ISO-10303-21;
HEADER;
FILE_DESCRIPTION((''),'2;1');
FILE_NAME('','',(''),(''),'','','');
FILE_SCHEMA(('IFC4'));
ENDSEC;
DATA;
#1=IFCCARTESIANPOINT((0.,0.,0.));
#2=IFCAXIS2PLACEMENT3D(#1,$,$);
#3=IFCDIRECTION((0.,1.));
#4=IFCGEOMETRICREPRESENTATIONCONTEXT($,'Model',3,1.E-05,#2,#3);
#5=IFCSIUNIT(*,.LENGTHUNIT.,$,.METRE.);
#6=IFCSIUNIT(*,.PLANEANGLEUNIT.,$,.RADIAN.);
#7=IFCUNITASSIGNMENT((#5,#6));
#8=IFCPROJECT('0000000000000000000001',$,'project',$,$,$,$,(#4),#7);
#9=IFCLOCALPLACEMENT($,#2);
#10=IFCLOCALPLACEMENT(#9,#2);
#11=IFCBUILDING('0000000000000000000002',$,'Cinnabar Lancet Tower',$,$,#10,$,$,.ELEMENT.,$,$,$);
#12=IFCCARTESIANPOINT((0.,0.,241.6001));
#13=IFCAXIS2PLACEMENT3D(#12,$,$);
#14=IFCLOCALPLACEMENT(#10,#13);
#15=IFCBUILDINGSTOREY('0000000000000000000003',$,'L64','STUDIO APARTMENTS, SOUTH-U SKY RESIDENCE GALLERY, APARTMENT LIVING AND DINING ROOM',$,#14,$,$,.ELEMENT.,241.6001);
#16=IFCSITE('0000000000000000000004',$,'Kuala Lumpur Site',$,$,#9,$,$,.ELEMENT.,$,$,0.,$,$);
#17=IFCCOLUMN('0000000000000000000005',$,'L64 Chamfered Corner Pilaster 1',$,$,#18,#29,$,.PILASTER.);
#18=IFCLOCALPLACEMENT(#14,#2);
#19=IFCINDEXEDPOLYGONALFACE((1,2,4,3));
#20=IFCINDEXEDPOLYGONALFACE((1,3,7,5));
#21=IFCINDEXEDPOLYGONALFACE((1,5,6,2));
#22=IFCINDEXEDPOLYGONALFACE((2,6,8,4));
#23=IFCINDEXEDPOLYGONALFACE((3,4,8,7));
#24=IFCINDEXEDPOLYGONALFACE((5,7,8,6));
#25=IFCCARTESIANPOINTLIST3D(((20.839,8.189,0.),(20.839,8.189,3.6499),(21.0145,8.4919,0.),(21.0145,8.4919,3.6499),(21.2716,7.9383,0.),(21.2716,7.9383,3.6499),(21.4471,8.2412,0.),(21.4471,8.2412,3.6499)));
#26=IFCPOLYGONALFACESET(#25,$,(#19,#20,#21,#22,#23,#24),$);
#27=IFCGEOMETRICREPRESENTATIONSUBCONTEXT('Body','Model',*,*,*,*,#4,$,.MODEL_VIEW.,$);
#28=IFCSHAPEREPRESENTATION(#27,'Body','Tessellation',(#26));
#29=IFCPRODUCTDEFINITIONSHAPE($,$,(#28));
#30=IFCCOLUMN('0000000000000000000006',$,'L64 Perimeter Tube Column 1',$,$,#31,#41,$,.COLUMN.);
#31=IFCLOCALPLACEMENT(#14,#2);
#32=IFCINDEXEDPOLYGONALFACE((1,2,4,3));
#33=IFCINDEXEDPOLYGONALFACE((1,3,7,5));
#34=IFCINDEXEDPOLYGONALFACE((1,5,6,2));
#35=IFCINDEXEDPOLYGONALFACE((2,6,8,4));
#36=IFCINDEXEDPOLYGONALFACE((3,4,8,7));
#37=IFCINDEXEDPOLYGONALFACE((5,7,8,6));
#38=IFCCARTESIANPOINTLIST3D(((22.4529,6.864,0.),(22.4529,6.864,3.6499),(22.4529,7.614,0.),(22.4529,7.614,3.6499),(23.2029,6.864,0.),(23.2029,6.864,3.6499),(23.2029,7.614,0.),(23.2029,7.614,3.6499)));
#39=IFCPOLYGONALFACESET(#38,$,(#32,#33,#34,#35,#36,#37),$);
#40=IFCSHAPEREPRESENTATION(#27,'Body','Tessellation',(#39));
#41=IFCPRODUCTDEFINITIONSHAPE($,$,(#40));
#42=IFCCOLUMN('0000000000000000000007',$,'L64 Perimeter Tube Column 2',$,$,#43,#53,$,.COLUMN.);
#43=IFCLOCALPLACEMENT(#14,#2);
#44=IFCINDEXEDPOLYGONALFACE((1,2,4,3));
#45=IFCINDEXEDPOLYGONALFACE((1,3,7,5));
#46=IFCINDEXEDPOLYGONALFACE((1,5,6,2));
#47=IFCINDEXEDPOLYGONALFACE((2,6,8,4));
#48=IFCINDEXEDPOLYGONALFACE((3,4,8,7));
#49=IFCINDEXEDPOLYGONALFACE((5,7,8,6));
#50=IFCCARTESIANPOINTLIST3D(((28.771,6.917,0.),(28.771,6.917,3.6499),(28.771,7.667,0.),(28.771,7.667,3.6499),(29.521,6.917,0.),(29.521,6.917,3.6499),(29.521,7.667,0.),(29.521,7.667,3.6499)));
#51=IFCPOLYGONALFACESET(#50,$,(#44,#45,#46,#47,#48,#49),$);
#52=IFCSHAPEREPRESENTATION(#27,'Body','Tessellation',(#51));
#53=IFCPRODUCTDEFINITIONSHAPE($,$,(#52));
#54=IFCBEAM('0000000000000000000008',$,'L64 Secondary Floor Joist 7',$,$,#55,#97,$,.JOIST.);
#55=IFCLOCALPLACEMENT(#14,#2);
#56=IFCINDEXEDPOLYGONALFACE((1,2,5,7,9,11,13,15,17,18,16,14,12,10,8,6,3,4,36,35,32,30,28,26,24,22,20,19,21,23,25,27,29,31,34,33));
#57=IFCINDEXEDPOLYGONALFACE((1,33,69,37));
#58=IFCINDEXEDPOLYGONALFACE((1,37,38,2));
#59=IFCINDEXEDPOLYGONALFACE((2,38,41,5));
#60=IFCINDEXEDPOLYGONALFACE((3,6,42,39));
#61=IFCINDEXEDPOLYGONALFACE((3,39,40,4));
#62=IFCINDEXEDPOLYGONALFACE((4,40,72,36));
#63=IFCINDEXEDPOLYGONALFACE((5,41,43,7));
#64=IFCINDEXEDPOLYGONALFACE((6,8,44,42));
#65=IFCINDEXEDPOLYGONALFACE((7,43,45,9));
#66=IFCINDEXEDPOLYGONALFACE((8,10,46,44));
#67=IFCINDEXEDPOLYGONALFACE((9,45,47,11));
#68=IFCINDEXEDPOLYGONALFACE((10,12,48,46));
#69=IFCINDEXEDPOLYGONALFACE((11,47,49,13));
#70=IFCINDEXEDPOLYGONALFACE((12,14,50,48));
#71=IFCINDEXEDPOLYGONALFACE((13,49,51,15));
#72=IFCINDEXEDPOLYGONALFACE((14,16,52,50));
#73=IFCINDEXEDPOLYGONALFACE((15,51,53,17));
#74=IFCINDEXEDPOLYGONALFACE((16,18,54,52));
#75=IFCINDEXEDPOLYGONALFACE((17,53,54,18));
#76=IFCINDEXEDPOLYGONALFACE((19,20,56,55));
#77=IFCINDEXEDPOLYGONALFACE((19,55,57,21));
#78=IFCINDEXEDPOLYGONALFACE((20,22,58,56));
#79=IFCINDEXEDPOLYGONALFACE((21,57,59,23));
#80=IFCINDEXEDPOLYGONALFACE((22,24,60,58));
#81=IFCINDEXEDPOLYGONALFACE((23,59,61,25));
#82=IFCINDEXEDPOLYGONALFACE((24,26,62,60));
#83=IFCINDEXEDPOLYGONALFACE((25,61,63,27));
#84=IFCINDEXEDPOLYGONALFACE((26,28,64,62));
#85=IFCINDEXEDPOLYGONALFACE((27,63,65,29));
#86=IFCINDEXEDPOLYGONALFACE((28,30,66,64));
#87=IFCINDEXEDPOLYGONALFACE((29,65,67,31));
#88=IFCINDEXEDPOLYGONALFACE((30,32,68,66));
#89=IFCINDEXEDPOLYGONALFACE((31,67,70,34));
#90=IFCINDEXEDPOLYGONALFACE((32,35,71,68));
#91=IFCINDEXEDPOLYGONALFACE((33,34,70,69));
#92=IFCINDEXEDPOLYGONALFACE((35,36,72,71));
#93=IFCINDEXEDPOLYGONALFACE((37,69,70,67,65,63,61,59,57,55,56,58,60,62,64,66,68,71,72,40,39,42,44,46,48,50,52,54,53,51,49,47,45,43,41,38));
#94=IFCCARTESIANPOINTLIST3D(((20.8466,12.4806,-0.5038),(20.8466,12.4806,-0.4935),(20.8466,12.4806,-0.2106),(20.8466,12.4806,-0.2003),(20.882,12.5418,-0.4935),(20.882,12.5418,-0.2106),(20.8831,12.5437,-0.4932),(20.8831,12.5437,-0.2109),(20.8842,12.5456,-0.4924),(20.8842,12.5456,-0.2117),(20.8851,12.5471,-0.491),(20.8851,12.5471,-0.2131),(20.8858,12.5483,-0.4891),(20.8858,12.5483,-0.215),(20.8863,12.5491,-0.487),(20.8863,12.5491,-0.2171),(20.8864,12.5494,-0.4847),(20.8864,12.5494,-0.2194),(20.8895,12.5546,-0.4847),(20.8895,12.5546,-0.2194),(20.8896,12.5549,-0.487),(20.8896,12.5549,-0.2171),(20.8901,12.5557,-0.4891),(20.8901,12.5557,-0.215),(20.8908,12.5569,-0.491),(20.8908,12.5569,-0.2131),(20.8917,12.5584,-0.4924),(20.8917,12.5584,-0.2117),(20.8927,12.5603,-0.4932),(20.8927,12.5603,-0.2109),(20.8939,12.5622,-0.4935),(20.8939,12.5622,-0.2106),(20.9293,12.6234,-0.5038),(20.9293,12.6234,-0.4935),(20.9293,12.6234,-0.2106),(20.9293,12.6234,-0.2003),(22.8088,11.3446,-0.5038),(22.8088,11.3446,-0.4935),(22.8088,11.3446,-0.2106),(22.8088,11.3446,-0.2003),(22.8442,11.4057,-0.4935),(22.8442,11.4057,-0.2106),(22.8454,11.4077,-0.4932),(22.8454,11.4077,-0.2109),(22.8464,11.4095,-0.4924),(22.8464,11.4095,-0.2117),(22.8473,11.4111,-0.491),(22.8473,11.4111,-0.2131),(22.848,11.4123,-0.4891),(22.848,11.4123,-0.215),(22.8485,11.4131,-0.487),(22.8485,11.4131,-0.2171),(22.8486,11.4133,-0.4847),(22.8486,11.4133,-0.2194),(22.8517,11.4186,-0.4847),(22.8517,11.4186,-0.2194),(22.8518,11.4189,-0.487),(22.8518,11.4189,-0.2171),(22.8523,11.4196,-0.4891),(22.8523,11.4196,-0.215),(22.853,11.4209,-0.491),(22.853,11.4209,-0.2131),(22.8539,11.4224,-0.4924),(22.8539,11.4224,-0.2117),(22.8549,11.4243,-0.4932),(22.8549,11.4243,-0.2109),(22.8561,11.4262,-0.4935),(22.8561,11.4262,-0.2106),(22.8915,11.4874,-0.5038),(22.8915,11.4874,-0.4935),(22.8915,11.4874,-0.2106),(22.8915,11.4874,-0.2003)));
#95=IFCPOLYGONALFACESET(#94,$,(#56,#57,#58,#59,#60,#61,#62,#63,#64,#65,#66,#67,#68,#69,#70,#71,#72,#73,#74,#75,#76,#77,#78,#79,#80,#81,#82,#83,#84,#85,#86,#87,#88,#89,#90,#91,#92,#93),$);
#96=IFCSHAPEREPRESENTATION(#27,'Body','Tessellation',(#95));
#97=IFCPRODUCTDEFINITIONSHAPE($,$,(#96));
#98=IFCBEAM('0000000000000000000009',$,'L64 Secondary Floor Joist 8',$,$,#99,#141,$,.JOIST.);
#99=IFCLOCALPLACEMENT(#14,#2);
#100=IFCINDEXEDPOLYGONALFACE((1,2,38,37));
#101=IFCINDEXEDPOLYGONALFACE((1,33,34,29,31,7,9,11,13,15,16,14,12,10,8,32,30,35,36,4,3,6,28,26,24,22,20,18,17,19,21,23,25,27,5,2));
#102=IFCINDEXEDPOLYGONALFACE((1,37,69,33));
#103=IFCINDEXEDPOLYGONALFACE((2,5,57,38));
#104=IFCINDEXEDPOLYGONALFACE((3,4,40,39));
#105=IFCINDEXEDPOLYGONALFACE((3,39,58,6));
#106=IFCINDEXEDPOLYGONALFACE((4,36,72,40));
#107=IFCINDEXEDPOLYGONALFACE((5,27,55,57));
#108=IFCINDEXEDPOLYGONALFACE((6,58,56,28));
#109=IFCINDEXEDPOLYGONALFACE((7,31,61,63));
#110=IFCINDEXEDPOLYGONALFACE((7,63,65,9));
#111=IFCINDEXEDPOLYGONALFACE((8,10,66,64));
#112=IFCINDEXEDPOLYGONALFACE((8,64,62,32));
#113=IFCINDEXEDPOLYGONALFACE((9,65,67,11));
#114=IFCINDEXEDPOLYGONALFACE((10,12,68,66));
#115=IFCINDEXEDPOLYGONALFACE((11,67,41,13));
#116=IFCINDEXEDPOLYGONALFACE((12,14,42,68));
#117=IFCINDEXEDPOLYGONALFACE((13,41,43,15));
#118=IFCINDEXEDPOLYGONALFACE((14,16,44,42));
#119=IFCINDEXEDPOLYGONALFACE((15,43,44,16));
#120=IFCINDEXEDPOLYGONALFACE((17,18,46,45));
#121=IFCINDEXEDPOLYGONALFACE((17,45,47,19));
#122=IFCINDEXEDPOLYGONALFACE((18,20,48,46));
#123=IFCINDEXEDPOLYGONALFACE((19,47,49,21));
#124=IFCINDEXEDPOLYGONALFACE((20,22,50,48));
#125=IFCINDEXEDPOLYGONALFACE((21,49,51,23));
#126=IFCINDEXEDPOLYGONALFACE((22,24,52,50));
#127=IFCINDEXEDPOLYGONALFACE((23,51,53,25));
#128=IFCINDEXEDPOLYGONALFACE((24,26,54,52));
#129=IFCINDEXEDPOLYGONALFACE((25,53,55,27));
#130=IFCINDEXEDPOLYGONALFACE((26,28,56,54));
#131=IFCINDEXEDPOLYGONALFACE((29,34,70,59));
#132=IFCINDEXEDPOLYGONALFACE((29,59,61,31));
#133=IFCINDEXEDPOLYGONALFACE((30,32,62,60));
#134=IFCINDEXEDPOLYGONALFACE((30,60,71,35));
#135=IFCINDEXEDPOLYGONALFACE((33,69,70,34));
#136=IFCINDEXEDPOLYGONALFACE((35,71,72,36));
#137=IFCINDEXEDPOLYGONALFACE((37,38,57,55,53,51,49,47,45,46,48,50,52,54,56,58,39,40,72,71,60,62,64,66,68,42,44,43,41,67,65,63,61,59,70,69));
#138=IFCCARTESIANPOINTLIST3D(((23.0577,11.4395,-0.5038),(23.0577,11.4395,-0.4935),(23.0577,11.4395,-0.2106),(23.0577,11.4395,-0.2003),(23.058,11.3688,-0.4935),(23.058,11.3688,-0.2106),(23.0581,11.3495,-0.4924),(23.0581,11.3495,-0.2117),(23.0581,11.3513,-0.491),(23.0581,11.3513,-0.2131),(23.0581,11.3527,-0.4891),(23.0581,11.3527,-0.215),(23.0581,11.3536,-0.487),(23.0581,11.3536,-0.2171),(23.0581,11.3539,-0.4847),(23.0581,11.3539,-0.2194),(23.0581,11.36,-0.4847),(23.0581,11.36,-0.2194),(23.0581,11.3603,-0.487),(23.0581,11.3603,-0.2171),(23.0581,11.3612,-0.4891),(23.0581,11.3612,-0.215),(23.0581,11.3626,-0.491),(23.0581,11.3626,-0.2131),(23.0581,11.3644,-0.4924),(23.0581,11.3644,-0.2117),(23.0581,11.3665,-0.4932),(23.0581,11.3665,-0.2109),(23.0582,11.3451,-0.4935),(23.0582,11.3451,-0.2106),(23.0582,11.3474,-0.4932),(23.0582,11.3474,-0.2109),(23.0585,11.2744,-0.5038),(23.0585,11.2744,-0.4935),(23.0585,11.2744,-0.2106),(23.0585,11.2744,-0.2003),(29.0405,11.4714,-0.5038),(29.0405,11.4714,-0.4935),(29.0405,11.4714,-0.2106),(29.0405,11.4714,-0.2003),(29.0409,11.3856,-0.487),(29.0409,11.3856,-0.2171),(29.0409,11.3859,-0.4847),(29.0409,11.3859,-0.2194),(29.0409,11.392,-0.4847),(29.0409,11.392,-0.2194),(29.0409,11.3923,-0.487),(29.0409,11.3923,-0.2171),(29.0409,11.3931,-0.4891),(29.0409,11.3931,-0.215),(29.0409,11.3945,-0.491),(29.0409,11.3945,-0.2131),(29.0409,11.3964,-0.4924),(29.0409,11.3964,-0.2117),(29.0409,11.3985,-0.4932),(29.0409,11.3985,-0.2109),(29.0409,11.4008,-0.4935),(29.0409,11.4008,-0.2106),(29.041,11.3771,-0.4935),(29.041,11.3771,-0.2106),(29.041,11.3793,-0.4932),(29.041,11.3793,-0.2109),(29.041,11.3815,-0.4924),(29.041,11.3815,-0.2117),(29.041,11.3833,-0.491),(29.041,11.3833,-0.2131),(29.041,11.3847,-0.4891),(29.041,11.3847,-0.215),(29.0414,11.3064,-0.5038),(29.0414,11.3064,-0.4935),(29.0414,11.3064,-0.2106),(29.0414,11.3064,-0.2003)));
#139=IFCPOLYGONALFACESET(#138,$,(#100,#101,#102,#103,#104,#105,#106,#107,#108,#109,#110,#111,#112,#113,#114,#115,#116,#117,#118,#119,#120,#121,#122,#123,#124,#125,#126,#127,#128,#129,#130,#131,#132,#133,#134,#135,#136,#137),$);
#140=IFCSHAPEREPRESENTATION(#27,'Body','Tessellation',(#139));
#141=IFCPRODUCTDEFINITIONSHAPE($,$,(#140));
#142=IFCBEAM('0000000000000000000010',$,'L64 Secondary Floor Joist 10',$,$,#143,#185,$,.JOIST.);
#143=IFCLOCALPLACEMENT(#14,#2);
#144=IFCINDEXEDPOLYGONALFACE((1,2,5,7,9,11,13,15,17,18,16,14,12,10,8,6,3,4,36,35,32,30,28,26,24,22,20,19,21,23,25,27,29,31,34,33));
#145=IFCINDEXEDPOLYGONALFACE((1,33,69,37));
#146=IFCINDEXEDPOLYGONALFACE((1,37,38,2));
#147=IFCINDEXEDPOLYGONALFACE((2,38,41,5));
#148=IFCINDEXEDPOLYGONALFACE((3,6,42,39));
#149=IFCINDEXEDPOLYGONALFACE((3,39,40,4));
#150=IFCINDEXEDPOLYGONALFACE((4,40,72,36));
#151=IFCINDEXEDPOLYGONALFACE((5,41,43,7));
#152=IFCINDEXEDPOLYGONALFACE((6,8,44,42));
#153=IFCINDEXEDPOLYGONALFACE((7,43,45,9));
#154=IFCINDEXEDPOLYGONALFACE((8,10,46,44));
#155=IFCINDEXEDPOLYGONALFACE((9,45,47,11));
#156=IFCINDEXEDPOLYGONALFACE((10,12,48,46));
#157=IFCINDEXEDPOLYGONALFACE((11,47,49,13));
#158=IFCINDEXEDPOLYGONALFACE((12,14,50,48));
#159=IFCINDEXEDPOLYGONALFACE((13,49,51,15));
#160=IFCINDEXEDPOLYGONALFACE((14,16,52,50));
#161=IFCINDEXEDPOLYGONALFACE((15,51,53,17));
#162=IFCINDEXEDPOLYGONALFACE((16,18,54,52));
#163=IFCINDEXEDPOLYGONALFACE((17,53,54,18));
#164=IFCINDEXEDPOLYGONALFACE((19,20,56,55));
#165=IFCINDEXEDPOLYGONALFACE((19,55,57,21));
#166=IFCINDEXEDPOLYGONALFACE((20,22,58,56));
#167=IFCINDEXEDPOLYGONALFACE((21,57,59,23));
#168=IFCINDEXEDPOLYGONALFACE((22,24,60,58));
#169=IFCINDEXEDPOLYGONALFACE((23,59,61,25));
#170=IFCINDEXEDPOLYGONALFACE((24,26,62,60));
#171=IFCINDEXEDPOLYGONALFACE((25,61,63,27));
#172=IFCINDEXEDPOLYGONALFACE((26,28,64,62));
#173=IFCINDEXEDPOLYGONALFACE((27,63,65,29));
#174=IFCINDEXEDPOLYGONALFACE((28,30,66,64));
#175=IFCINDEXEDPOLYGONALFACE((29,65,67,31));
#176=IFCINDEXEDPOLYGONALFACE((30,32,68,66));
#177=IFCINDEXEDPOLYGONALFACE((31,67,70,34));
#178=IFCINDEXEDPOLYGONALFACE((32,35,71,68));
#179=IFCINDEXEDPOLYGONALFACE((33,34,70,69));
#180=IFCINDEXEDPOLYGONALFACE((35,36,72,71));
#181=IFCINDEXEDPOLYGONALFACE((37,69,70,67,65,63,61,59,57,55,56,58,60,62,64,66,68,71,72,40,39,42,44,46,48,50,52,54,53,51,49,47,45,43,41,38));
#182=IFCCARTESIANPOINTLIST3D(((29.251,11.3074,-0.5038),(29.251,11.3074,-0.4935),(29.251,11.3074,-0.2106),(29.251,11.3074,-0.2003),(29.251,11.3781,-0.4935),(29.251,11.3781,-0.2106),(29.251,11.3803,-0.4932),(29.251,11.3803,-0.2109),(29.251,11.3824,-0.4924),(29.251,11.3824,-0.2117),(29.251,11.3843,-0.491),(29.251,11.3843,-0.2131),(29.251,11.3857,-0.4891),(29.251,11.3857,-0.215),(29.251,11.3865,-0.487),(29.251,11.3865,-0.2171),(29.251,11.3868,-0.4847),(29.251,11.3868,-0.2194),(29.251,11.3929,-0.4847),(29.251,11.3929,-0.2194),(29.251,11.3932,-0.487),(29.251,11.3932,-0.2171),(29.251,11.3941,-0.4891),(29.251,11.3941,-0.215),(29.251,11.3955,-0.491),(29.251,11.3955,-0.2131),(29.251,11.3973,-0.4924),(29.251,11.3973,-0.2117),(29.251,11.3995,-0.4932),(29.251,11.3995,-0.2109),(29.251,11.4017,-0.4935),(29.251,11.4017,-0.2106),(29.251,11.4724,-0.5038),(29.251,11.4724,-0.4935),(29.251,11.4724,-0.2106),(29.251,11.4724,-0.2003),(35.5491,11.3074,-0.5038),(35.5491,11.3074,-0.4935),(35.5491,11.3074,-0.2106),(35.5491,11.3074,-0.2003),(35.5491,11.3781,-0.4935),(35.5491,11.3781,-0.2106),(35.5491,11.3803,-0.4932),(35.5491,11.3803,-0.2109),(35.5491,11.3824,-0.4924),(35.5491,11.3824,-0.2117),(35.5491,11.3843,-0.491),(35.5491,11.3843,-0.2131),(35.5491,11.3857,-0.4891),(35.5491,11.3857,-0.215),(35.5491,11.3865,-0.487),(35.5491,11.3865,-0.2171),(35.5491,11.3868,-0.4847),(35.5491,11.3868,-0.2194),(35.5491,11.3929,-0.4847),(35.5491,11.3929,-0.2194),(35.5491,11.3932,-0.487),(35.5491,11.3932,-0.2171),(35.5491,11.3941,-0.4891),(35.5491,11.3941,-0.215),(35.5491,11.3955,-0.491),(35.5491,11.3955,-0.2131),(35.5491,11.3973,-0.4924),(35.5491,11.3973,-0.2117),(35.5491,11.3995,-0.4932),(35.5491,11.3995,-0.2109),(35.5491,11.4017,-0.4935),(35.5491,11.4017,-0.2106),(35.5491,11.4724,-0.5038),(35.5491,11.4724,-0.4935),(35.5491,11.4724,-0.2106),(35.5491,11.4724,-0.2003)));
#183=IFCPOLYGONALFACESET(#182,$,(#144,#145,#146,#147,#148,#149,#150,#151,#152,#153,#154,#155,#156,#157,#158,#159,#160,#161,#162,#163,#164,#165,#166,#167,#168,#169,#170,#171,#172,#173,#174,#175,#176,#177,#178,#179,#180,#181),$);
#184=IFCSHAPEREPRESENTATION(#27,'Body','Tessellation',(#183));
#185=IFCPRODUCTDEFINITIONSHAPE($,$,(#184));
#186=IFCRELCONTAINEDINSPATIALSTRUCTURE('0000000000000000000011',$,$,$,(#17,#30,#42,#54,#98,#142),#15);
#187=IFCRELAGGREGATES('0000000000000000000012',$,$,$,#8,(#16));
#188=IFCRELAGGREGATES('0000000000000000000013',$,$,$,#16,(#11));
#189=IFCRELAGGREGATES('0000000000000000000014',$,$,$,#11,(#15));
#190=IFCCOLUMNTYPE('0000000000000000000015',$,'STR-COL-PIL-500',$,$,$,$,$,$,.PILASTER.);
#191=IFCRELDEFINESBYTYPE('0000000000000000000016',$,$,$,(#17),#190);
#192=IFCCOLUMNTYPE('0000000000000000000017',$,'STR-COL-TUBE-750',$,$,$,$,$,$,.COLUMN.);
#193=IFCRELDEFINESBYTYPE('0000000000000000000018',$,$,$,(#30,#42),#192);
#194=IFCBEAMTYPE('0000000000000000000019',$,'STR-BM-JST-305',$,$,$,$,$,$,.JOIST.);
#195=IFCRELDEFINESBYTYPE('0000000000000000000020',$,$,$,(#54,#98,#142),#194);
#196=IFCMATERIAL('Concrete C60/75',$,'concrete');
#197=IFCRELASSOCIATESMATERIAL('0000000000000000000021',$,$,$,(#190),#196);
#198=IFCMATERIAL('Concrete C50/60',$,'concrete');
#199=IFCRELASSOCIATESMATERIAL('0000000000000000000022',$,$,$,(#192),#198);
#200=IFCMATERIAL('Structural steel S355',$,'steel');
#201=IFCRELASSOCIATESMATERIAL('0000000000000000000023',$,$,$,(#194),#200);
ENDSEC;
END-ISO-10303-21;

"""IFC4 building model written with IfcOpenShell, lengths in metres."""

from ifc_helpers import new_model, si_unit, direction, frame, origin, origin_2d, place, context, subcontext, project, spatial, rectangle, i_section, extrude, material, material_profile, profile_set, type_object, element, save


model = new_model("IFC4")

# Units and contexts
model_context = context("Model", 3, precision=1e-05, world=origin(), true_north=direction((0.0, 1.0)))
body_context = subcontext(model_context, "Body", "Model", "MODEL_VIEW")
ifc_project = project(units=[si_unit("LENGTHUNIT", "METRE"), si_unit("PLANEANGLEUNIT", "RADIAN")], contexts=[model_context])

# Site, building, storey
site_placement = place(None, origin())
site = spatial("IfcSite", under=ifc_project, at=site_placement, Name="Kuala Lumpur Site", CompositionType="ELEMENT", RefElevation=0.0)
building_placement = place(site_placement, origin())
building = spatial("IfcBuilding", under=site, at=building_placement, Name="Cinnabar Lancet Tower", CompositionType="ELEMENT")
storey_placement = place(building_placement, frame((0.0, 0.0, 241.6001)))
storey = spatial("IfcBuildingStorey", under=building, at=storey_placement, Name="L64", Description="STUDIO APARTMENTS, SOUTH-U SKY RESIDENCE GALLERY, APARTMENT LIVING AND DINING ROOM", CompositionType="ELEMENT", Elevation=241.6001)

# Columns
ifc_material_1 = material(Name="Concrete C60/75", Category="concrete")
ifc_material_profile_1 = material_profile(ifc_material_1, rectangle(XDim=0.5, YDim=0.3501, at=origin_2d()), Name="RC-PIL 500x350")
ifc_profile_set_1 = profile_set([ifc_material_profile_1], Name="Concrete C60/75")
column_type_1 = type_object("IfcColumnType", Name="STR-COL-PIL-500", PredefinedType="PILASTER", material=ifc_profile_set_1)
column_placement = place(storey_placement, frame((21.1431, 8.2151, 0.0), z_axis=(0.0, 0.0, 1.0), x_axis=(0.865256, -0.50133, 0.0)))
element("IfcColumn", 1, at=column_placement, inside=storey, type_object=column_type_1, Name="L64 Chamfered Corner Pilaster 1", PredefinedType="PILASTER", context=body_context, shape_type="SweptSolid", body=[
    extrude(rectangle(XDim=0.5, YDim=0.3501, at=origin_2d()), origin(), (0.0, 0.0, 1.0), 3.6499),
])
ifc_material_2 = material(Name="Concrete C50/60", Category="concrete")
ifc_material_profile_2 = material_profile(ifc_material_2, rectangle(XDim=0.75, YDim=0.75, at=origin_2d()), Name="RC-COL 750x750")
ifc_profile_set_2 = profile_set([ifc_material_profile_2], Name="Concrete C50/60")
column_type_2 = type_object("IfcColumnType", Name="STR-COL-TUBE-750", PredefinedType="COLUMN", material=ifc_profile_set_2)
for number, where, z_axis, x_axis, name in (
    (2, (22.8279, 7.239, 0.0), (0.0, 0.0, 1.0), (1.0, 0.0, 0.0), "L64 Perimeter Tube Column 1"),
    (3, (29.146, 7.292, 0.0), (0.0, 0.0, 1.0), (1.0, 0.0, 0.0), "L64 Perimeter Tube Column 2"),
):
    element("IfcColumn", number, at=place(storey_placement, frame(where, z_axis=z_axis, x_axis=x_axis)), inside=storey, type_object=column_type_2, Name=name, PredefinedType="COLUMN", context=body_context, shape_type="SweptSolid", body=[
        extrude(rectangle(XDim=0.75, YDim=0.75, at=origin_2d()), origin(), (0.0, 0.0, 1.0), 3.6499),
    ])

# Beams
ifc_material_3 = material(Name="Structural steel S355", Category="steel")
ifc_material_profile_3 = material_profile(ifc_material_3, i_section(OverallWidth=0.165, OverallDepth=0.3035, WebThickness=0.0061, FlangeThickness=0.0103, FilletRadius=0.0088, at=origin_2d()), Name="UKB 305x165x40")
ifc_profile_set_3 = profile_set([ifc_material_profile_3], Name="Structural steel S355")
beam_type_1 = type_object("IfcBeamType", Name="STR-BM-JST-305", PredefinedType="JOIST", material=ifc_profile_set_3)
beam_1_placement = place(storey_placement, frame((20.8879, 12.552, -0.3521), z_axis=(0.865426, -0.501036, 0.0), x_axis=(0.501036, 0.865426, 0.0)))
element("IfcBeam", 4, at=beam_1_placement, inside=storey, type_object=beam_type_1, Name="L64 Secondary Floor Joist 7", PredefinedType="JOIST", context=body_context, shape_type="SweptSolid", body=[
    extrude(i_section(OverallWidth=0.165, OverallDepth=0.3035, WebThickness=0.0061, FlangeThickness=0.0103, FilletRadius=0.0088, at=origin_2d()), origin(), (0.0, 0.0, 1.0), 2.2673),
])
beam_2_placement = place(storey_placement, frame((23.0581, 11.3569, -0.3521), z_axis=(0.999986, 0.005346, 0.0), x_axis=(-0.005346, 0.999986, 0.0)))
element("IfcBeam", 5, at=beam_2_placement, inside=storey, type_object=beam_type_1, Name="L64 Secondary Floor Joist 8", PredefinedType="JOIST", context=body_context, shape_type="SweptSolid", body=[
    extrude(i_section(OverallWidth=0.165, OverallDepth=0.3035, WebThickness=0.0061, FlangeThickness=0.0103, FilletRadius=0.0088, at=origin_2d()), origin(), (0.0, 0.0, 1.0), 5.9829),
])
beam_3_placement = place(storey_placement, frame((29.251, 11.3899, -0.3521), z_axis=(1.0, 0.0, 0.0), x_axis=(0.0, 1.0, 0.0)))
element("IfcBeam", 6, at=beam_3_placement, inside=storey, type_object=beam_type_1, Name="L64 Secondary Floor Joist 10", PredefinedType="JOIST", context=body_context, shape_type="SweptSolid", body=[
    extrude(i_section(OverallWidth=0.165, OverallDepth=0.3035, WebThickness=0.0061, FlangeThickness=0.0103, FilletRadius=0.0088, at=origin_2d()), origin(), (0.0, 0.0, 1.0), 6.2981),
])

save(model, "model.ifc")
